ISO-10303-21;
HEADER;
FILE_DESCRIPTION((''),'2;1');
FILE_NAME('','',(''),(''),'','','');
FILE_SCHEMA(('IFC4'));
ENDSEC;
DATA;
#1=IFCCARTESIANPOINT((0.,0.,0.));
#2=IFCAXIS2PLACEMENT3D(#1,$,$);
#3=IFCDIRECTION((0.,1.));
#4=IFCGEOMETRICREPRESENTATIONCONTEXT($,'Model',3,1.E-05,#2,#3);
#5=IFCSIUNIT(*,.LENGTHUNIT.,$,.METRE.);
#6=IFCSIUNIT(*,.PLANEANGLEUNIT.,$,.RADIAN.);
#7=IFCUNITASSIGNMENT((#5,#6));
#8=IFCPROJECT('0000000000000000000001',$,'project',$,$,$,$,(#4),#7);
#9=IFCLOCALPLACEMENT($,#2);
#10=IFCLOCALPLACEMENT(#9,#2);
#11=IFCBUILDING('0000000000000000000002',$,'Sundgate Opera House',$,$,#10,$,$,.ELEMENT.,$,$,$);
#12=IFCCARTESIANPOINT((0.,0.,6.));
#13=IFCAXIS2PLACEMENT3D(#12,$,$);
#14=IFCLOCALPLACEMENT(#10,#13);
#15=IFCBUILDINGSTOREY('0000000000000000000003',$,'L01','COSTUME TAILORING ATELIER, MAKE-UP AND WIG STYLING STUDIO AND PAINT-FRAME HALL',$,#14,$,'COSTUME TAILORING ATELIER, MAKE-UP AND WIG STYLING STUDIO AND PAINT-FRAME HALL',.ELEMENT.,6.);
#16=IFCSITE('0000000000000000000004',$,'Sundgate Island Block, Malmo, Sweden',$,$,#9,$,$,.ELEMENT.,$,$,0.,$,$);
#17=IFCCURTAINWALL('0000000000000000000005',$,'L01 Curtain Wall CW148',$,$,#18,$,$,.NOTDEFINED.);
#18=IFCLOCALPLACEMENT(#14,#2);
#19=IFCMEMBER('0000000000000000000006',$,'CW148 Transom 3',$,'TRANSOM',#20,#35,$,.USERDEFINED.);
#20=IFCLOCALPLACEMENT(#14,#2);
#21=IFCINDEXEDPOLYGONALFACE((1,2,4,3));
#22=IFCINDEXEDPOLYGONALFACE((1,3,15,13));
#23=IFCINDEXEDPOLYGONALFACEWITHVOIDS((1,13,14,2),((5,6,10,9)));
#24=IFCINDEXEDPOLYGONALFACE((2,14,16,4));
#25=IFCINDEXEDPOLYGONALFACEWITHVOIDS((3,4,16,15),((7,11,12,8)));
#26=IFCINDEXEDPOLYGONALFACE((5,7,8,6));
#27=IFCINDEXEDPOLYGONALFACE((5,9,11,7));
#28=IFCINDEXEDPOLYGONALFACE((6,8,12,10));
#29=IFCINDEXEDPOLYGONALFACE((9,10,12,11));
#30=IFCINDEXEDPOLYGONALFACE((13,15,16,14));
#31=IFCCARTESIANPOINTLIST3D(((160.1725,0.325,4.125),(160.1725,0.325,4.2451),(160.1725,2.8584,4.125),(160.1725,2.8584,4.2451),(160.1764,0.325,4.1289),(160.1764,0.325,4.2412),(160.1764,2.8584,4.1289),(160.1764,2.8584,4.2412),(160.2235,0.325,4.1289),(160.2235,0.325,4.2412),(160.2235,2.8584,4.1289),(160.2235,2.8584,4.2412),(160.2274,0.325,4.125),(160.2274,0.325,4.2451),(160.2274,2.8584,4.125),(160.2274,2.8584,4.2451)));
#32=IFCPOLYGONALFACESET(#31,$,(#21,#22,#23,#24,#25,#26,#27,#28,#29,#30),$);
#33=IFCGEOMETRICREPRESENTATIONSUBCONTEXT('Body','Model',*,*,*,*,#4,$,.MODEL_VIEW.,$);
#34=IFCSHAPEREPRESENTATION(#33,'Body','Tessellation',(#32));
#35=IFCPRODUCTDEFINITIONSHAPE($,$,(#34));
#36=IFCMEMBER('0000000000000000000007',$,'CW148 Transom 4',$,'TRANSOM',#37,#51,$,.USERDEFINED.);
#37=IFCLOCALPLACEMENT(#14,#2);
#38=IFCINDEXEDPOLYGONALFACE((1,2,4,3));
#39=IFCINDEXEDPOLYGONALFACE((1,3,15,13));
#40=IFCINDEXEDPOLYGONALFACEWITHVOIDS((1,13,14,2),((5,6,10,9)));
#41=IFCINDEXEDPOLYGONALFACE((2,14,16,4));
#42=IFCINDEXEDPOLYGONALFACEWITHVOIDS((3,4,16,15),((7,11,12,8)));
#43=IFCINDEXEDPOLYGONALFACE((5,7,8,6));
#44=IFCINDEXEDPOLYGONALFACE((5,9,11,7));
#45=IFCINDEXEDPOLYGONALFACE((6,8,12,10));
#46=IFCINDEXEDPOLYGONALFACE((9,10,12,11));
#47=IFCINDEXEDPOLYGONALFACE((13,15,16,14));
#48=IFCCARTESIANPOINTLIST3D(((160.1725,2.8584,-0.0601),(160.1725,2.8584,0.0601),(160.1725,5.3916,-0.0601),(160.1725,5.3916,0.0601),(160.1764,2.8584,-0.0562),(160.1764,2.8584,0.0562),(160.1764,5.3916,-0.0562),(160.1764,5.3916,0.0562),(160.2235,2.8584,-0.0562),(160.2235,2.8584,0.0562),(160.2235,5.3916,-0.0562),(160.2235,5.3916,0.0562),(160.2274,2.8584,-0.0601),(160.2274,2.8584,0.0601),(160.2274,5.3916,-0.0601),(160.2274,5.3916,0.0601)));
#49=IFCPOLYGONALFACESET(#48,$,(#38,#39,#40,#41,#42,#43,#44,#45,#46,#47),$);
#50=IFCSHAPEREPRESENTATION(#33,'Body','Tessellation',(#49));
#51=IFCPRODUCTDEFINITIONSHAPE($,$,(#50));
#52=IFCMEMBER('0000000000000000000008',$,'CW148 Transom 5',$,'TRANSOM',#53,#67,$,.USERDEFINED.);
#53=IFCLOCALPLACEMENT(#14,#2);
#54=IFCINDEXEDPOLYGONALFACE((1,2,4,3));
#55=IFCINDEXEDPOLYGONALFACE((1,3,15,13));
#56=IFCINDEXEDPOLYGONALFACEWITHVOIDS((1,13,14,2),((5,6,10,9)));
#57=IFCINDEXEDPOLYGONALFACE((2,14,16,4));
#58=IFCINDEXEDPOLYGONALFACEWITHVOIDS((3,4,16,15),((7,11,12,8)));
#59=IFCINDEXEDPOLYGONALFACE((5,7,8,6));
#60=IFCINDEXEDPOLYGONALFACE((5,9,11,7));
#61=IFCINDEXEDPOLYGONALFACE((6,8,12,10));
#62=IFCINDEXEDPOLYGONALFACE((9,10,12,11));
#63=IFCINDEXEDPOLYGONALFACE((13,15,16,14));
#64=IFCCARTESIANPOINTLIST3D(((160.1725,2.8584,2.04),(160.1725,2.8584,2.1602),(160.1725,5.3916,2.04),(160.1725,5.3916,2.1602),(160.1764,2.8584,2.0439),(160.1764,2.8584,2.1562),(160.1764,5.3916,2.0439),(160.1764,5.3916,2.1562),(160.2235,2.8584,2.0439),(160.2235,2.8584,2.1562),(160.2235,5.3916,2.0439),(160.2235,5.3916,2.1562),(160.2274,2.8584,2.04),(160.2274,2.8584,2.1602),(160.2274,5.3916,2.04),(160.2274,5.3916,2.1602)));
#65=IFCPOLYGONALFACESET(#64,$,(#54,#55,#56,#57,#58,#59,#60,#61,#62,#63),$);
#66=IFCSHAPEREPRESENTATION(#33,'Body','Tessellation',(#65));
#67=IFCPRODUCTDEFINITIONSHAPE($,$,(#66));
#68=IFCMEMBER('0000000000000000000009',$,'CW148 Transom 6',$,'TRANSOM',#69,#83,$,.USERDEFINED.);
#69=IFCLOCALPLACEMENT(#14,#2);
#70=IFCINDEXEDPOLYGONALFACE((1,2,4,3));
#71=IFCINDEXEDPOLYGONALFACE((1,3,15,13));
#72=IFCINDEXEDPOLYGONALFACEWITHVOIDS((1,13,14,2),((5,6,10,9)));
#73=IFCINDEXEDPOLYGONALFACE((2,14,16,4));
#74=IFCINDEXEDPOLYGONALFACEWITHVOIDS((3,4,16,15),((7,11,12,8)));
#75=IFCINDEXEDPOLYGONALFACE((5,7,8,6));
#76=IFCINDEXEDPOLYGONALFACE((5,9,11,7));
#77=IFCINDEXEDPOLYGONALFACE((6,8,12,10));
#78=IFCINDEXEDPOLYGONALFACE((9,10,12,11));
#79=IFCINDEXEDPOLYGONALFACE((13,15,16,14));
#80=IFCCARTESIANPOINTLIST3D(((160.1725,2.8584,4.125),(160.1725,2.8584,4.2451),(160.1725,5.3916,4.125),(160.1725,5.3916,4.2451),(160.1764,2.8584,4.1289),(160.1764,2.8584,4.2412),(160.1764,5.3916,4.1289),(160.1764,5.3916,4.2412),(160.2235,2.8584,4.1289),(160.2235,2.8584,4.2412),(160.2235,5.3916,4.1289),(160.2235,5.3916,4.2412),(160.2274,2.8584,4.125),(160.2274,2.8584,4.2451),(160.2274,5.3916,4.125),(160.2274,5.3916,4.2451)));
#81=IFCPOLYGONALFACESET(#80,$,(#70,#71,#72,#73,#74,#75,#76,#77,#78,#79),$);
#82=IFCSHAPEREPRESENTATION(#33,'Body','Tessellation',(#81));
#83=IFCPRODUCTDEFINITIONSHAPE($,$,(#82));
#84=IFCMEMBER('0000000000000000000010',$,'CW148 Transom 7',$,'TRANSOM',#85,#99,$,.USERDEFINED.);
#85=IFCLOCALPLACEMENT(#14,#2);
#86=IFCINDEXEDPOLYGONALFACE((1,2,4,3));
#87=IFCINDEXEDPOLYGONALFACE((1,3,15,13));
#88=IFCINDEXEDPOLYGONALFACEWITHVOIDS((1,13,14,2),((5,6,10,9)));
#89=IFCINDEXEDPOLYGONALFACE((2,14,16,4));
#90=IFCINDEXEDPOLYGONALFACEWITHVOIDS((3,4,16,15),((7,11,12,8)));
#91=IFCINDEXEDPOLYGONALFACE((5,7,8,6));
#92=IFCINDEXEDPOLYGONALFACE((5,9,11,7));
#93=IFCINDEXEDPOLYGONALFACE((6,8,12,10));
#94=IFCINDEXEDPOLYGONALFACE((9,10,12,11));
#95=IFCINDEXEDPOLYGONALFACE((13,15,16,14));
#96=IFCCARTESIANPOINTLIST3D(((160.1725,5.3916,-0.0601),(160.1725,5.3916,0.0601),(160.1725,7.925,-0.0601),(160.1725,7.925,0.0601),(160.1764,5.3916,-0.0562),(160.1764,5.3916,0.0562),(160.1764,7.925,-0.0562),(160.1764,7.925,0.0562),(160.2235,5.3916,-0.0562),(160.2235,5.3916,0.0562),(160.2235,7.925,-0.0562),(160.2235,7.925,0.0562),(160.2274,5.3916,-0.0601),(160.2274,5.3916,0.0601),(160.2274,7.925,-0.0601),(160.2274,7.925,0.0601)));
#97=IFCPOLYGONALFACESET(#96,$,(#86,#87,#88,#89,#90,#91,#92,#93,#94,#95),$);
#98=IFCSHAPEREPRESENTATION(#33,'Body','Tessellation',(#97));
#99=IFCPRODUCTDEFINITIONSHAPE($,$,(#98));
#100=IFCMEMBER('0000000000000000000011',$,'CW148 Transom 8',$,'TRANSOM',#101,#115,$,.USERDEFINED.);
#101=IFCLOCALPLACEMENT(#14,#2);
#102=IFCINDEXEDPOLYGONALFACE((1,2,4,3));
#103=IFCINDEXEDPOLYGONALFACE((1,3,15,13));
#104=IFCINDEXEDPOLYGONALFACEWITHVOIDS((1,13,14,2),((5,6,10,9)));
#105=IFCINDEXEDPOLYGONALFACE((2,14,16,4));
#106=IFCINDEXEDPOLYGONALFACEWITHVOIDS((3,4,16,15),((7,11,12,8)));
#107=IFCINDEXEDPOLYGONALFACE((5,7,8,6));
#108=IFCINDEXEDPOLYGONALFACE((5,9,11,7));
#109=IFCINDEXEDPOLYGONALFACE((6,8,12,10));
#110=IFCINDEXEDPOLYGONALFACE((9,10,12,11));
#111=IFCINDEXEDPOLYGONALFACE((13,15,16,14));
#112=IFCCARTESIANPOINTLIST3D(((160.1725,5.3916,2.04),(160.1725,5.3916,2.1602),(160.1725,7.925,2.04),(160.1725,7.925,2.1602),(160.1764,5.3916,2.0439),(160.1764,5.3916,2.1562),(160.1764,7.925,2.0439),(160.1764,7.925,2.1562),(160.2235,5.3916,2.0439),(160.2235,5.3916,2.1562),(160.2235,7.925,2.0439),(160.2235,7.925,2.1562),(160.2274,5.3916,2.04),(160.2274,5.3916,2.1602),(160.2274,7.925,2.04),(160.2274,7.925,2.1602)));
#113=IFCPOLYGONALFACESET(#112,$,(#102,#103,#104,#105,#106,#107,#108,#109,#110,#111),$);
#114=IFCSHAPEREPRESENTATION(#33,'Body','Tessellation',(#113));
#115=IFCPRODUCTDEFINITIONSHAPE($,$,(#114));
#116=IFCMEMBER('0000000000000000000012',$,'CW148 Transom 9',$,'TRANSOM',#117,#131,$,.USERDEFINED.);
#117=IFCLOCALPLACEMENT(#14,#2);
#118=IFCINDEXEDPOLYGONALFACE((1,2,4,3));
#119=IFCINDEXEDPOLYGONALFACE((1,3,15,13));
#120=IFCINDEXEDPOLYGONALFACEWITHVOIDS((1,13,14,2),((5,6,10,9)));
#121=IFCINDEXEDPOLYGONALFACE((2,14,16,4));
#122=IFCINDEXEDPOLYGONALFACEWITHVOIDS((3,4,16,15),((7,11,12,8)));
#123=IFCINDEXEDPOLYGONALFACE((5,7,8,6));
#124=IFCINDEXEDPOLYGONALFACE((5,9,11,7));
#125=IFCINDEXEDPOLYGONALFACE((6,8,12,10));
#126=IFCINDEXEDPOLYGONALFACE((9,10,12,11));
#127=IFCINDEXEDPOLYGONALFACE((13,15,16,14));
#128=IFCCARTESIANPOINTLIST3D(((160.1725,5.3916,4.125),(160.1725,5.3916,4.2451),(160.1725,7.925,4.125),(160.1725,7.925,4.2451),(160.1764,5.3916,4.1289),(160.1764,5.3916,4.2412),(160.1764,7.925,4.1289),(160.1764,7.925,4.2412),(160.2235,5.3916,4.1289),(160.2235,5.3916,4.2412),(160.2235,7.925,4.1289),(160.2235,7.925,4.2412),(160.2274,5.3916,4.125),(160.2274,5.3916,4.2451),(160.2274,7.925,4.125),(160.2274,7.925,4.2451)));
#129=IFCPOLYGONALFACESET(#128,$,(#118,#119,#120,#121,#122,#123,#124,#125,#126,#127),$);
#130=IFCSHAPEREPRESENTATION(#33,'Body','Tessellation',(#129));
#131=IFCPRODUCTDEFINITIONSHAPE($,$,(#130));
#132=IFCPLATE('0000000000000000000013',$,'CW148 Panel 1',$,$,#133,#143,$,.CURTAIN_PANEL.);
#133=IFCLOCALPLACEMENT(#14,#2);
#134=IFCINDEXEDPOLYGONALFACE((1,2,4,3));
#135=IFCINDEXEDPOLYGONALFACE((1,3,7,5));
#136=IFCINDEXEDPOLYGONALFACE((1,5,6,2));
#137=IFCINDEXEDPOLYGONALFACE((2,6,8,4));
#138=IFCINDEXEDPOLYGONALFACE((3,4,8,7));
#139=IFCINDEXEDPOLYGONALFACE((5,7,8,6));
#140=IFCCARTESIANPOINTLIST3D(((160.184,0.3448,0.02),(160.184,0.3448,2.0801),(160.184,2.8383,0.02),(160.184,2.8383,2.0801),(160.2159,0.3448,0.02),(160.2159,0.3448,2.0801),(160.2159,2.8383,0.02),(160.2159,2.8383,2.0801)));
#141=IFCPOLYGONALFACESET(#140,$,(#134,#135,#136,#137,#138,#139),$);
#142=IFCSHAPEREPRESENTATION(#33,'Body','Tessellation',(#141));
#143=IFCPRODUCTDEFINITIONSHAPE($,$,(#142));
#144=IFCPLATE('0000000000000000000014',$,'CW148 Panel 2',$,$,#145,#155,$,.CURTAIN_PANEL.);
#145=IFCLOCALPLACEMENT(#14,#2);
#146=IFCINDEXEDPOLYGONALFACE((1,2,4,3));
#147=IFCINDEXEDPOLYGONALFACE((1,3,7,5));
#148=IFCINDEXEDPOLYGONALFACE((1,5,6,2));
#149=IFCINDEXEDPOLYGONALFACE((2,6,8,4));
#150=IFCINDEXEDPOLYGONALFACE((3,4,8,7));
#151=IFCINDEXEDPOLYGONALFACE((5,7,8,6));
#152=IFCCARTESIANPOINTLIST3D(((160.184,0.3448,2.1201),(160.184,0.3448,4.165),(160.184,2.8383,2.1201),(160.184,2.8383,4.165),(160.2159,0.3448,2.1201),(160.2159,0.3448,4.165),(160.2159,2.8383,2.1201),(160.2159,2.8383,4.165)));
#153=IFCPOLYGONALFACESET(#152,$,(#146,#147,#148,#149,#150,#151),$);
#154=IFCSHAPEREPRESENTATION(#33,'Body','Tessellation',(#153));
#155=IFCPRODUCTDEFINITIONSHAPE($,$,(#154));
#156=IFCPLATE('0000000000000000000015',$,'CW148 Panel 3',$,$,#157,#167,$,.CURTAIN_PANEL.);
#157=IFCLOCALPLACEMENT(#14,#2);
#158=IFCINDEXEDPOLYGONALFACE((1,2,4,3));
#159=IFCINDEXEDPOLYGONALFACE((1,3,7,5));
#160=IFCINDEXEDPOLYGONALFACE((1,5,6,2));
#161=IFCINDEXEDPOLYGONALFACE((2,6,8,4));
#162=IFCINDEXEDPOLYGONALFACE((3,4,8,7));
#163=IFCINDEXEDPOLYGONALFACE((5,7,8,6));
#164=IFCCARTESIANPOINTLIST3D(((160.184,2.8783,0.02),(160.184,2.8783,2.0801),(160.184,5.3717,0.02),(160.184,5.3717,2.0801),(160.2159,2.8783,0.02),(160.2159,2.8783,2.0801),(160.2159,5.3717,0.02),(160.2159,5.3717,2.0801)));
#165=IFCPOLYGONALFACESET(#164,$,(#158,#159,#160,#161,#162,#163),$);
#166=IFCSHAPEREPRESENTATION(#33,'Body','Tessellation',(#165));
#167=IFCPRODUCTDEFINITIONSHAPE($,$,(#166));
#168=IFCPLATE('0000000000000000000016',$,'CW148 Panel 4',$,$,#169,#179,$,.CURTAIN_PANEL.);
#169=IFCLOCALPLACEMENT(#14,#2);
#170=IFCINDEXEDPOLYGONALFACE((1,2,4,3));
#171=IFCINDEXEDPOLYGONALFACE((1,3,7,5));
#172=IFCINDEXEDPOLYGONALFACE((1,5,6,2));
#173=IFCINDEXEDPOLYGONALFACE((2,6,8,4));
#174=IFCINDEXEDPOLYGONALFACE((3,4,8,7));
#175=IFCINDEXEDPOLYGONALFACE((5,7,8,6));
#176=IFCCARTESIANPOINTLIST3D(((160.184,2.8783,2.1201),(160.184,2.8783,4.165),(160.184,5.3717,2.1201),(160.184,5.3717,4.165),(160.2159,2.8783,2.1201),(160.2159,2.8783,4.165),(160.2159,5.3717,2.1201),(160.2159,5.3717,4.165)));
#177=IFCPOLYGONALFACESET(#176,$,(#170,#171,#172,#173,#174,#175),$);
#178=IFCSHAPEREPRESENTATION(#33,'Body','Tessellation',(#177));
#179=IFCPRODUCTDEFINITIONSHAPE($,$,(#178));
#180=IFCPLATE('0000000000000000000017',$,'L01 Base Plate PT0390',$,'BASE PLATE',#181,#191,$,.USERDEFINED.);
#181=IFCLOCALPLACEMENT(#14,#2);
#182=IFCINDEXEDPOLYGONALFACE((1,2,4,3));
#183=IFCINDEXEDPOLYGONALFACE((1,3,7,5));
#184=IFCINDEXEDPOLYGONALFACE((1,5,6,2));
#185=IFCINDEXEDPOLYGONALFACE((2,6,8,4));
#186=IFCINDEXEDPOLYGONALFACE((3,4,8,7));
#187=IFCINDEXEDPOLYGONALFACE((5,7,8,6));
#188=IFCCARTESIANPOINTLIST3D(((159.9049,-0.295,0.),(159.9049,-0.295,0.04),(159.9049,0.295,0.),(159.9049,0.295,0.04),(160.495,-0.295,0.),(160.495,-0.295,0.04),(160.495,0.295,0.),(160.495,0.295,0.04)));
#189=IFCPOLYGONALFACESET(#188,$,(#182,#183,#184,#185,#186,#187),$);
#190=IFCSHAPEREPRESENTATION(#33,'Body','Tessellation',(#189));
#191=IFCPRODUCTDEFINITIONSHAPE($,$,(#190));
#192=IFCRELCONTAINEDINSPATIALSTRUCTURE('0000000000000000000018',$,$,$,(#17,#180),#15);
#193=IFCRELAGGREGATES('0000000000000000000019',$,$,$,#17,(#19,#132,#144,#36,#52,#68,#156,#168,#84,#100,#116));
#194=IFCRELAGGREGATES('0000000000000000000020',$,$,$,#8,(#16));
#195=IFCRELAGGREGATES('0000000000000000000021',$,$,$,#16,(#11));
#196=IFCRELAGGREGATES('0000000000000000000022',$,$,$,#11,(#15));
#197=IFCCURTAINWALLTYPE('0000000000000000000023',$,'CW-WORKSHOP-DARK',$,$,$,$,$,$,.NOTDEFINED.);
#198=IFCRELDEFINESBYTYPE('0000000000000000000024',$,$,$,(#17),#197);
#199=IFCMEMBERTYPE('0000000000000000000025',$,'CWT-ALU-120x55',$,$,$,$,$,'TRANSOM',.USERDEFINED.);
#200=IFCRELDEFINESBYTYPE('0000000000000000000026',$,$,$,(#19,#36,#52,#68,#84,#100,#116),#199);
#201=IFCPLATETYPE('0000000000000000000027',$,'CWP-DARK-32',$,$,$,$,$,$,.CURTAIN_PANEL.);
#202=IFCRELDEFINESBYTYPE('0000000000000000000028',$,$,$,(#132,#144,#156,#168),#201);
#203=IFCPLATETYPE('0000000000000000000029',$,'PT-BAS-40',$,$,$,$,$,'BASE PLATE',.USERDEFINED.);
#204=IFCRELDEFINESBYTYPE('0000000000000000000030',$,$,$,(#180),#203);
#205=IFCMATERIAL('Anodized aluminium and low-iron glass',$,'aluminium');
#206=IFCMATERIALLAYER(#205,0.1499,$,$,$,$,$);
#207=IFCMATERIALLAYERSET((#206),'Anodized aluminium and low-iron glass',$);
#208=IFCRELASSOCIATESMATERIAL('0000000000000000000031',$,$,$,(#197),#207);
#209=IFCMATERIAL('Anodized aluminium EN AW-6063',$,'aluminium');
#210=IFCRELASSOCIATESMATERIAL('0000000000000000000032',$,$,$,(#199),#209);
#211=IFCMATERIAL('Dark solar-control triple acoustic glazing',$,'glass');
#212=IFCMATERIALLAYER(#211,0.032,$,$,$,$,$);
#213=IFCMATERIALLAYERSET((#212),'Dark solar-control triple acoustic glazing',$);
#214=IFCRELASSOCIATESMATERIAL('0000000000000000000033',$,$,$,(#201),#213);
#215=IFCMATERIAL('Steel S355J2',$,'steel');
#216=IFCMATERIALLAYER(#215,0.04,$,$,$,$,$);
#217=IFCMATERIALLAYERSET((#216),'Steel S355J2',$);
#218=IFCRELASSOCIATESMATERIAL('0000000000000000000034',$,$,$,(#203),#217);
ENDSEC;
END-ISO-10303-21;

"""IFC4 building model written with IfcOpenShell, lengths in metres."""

from ifc_helpers import new_model, si_unit, direction, frame, origin, origin_2d, place, context, subcontext, project, spatial, rectangle, hollow_rectangle, extrude, material, layer, layer_set, material_profile, profile_set, type_object, element, aggregate, save


model = new_model("IFC4")

# Units and contexts
model_context = context("Model", 3, precision=1e-05, world=origin(), true_north=direction((0.0, 1.0)))
body_context = subcontext(model_context, "Body", "Model", "MODEL_VIEW")
ifc_project = project(units=[si_unit("LENGTHUNIT", "METRE"), si_unit("PLANEANGLEUNIT", "RADIAN")], contexts=[model_context])

# Site, building, storey
site_placement = place(None, origin())
site = spatial("IfcSite", under=ifc_project, at=site_placement, Name="Sundgate Island Block, Malmo, Sweden", CompositionType="ELEMENT", RefElevation=0.0)
building_placement = place(site_placement, origin())
building = spatial("IfcBuilding", under=site, at=building_placement, Name="Sundgate Opera House", CompositionType="ELEMENT")
storey_placement = place(building_placement, frame((0.0, 0.0, 6.0)))
storey = spatial("IfcBuildingStorey", under=building, at=storey_placement, Name="L01", Description="COSTUME TAILORING ATELIER, MAKE-UP AND WIG STYLING STUDIO AND PAINT-FRAME HALL", LongName="COSTUME TAILORING ATELIER, MAKE-UP AND WIG STYLING STUDIO AND PAINT-FRAME HALL", CompositionType="ELEMENT", Elevation=6.0)

# Curtain wall
ifc_material_1 = material(Name="Anodized aluminium and low-iron glass", Category="aluminium")
ifc_layer_1 = layer(ifc_material_1, 0.1499)
ifc_layer_set_1 = layer_set([ifc_layer_1], Name="Anodized aluminium and low-iron glass")
curtain_wall_type = type_object("IfcCurtainWallType", Name="CW-WORKSHOP-DARK", PredefinedType="NOTDEFINED", material=ifc_layer_set_1)
curtain_wall_1_placement = place(storey_placement, origin())
curtain_wall_1 = element("IfcCurtainWall", 1, at=curtain_wall_1_placement, inside=storey, type_object=curtain_wall_type, Name="L01 Curtain Wall CW148", PredefinedType="NOTDEFINED")
ifc_material_2 = material(Name="Anodized aluminium EN AW-6063", Category="aluminium")
ifc_material_profile_1 = material_profile(ifc_material_2, hollow_rectangle(XDim=0.0549, YDim=0.1201, WallThickness=0.0039, at=origin_2d()), Name="CWT 120x55x4")
ifc_profile_set_1 = profile_set([ifc_material_profile_1], Name="Anodized aluminium EN AW-6063")
member_type_1 = type_object("IfcMemberType", Name="CWT-ALU-120x55", ElementType="TRANSOM", PredefinedType="USERDEFINED", material=ifc_profile_set_1)

# Members
member_1_placement = place(storey_placement, frame((160.2, 0.325, 4.1851), z_axis=(0.0, 1.0, 0.0), x_axis=(-1.0, 0.0, 0.0)))
member_1 = element("IfcMember", 2, at=member_1_placement, type_object=member_type_1, Name="CW148 Transom 3", ObjectType="TRANSOM", PredefinedType="USERDEFINED", context=body_context, shape_type="SweptSolid", body=[
    extrude(hollow_rectangle(XDim=0.0549, YDim=0.1201, WallThickness=0.0039, at=origin_2d()), origin(), (0.0, 0.0, 1.0), 2.5334),
])
member_2_placement = place(storey_placement, frame((160.2, 2.8584, 0.0), z_axis=(0.0, 1.0, 0.0), x_axis=(-1.0, 0.0, 0.0)))
member_2 = element("IfcMember", 3, at=member_2_placement, type_object=member_type_1, Name="CW148 Transom 4", ObjectType="TRANSOM", PredefinedType="USERDEFINED", context=body_context, shape_type="SweptSolid", body=[
    extrude(hollow_rectangle(XDim=0.0549, YDim=0.1201, WallThickness=0.0039, at=origin_2d()), origin(), (0.0, 0.0, 1.0), 2.5332),
])
member_3_placement = place(storey_placement, frame((160.2, 2.8584, 2.1001), z_axis=(0.0, 1.0, 0.0), x_axis=(-1.0, 0.0, 0.0)))
member_3 = element("IfcMember", 4, at=member_3_placement, type_object=member_type_1, Name="CW148 Transom 5", ObjectType="TRANSOM", PredefinedType="USERDEFINED", context=body_context, shape_type="SweptSolid", body=[
    extrude(hollow_rectangle(XDim=0.0549, YDim=0.1201, WallThickness=0.0039, at=origin_2d()), origin(), (0.0, 0.0, 1.0), 2.5332),
])
member_4_placement = place(storey_placement, frame((160.2, 2.8584, 4.1851), z_axis=(0.0, 1.0, 0.0), x_axis=(-1.0, 0.0, 0.0)))
member_4 = element("IfcMember", 5, at=member_4_placement, type_object=member_type_1, Name="CW148 Transom 6", ObjectType="TRANSOM", PredefinedType="USERDEFINED", context=body_context, shape_type="SweptSolid", body=[
    extrude(hollow_rectangle(XDim=0.0549, YDim=0.1201, WallThickness=0.0039, at=origin_2d()), origin(), (0.0, 0.0, 1.0), 2.5332),
])
member_5_placement = place(storey_placement, frame((160.2, 5.3916, 0.0), z_axis=(0.0, 1.0, 0.0), x_axis=(-1.0, 0.0, 0.0)))
member_5 = element("IfcMember", 6, at=member_5_placement, type_object=member_type_1, Name="CW148 Transom 7", ObjectType="TRANSOM", PredefinedType="USERDEFINED", context=body_context, shape_type="SweptSolid", body=[
    extrude(hollow_rectangle(XDim=0.0549, YDim=0.1201, WallThickness=0.0039, at=origin_2d()), origin(), (0.0, 0.0, 1.0), 2.5334),
])
member_6_placement = place(storey_placement, frame((160.2, 5.3916, 2.1001), z_axis=(0.0, 1.0, 0.0), x_axis=(-1.0, 0.0, 0.0)))
member_6 = element("IfcMember", 7, at=member_6_placement, type_object=member_type_1, Name="CW148 Transom 8", ObjectType="TRANSOM", PredefinedType="USERDEFINED", context=body_context, shape_type="SweptSolid", body=[
    extrude(hollow_rectangle(XDim=0.0549, YDim=0.1201, WallThickness=0.0039, at=origin_2d()), origin(), (0.0, 0.0, 1.0), 2.5334),
])
member_7_placement = place(storey_placement, frame((160.2, 5.3916, 4.1851), z_axis=(0.0, 1.0, 0.0), x_axis=(-1.0, 0.0, 0.0)))
member_7 = element("IfcMember", 8, at=member_7_placement, type_object=member_type_1, Name="CW148 Transom 9", ObjectType="TRANSOM", PredefinedType="USERDEFINED", context=body_context, shape_type="SweptSolid", body=[
    extrude(hollow_rectangle(XDim=0.0549, YDim=0.1201, WallThickness=0.0039, at=origin_2d()), origin(), (0.0, 0.0, 1.0), 2.5334),
])

# Plates
ifc_material_3 = material(Name="Dark solar-control triple acoustic glazing", Category="glass")
ifc_layer_2 = layer(ifc_material_3, 0.032)
ifc_layer_set_2 = layer_set([ifc_layer_2], Name="Dark solar-control triple acoustic glazing")
plate_type_1 = type_object("IfcPlateType", Name="CWP-DARK-32", PredefinedType="CURTAIN_PANEL", material=ifc_layer_set_2)
plate_1_placement = place(storey_placement, frame((160.2, 1.5916, 0.02), z_axis=(0.0, 0.0, 1.0), x_axis=(0.0, 1.0, 0.0)))
plate_1 = element("IfcPlate", 9, at=plate_1_placement, type_object=plate_type_1, Name="CW148 Panel 1", PredefinedType="CURTAIN_PANEL", context=body_context, shape_type="SweptSolid", body=[
    extrude(rectangle(XDim=2.4934, YDim=0.032, at=origin_2d()), origin(), (0.0, 0.0, 1.0), 2.0601),
])
plate_2_placement = place(storey_placement, frame((160.2, 1.5916, 2.1201), z_axis=(0.0, 0.0, 1.0), x_axis=(0.0, 1.0, 0.0)))
plate_2 = element("IfcPlate", 10, at=plate_2_placement, type_object=plate_type_1, Name="CW148 Panel 2", PredefinedType="CURTAIN_PANEL", context=body_context, shape_type="SweptSolid", body=[
    extrude(rectangle(XDim=2.4934, YDim=0.032, at=origin_2d()), origin(), (0.0, 0.0, 1.0), 2.0449),
])
plate_3_placement = place(storey_placement, frame((160.2, 4.125, 0.02), z_axis=(0.0, 0.0, 1.0), x_axis=(0.0, 1.0, 0.0)))
plate_3 = element("IfcPlate", 11, at=plate_3_placement, type_object=plate_type_1, Name="CW148 Panel 3", PredefinedType="CURTAIN_PANEL", context=body_context, shape_type="SweptSolid", body=[
    extrude(rectangle(XDim=2.4934, YDim=0.032, at=origin_2d()), origin(), (0.0, 0.0, 1.0), 2.0601),
])
plate_4_placement = place(storey_placement, frame((160.2, 4.125, 2.1201), z_axis=(0.0, 0.0, 1.0), x_axis=(0.0, 1.0, 0.0)))
plate_4 = element("IfcPlate", 12, at=plate_4_placement, type_object=plate_type_1, Name="CW148 Panel 4", PredefinedType="CURTAIN_PANEL", context=body_context, shape_type="SweptSolid", body=[
    extrude(rectangle(XDim=2.4934, YDim=0.032, at=origin_2d()), origin(), (0.0, 0.0, 1.0), 2.0449),
])
aggregate(curtain_wall_1, [member_1, plate_1, plate_2, member_2, member_3, member_4, plate_3, plate_4, member_5, member_6, member_7])
ifc_material_4 = material(Name="Steel S355J2", Category="steel")
ifc_layer_3 = layer(ifc_material_4, 0.04)
ifc_layer_set_3 = layer_set([ifc_layer_3], Name="Steel S355J2")
plate_type_2 = type_object("IfcPlateType", Name="PT-BAS-40", ElementType="BASE PLATE", PredefinedType="USERDEFINED", material=ifc_layer_set_3)
plate_5_placement = place(storey_placement, frame((160.2, 0.0, 0.0), z_axis=(0.0, 0.0, 1.0), x_axis=(1.0, 0.0, 0.0)))
element("IfcPlate", 13, at=plate_5_placement, inside=storey, type_object=plate_type_2, Name="L01 Base Plate PT0390", ObjectType="BASE PLATE", PredefinedType="USERDEFINED", context=body_context, shape_type="SweptSolid", body=[
    extrude(rectangle(XDim=0.5901, YDim=0.5901, at=origin_2d()), origin(), (0.0, 0.0, 1.0), 0.04),
])

save(model, "model.ifc")
